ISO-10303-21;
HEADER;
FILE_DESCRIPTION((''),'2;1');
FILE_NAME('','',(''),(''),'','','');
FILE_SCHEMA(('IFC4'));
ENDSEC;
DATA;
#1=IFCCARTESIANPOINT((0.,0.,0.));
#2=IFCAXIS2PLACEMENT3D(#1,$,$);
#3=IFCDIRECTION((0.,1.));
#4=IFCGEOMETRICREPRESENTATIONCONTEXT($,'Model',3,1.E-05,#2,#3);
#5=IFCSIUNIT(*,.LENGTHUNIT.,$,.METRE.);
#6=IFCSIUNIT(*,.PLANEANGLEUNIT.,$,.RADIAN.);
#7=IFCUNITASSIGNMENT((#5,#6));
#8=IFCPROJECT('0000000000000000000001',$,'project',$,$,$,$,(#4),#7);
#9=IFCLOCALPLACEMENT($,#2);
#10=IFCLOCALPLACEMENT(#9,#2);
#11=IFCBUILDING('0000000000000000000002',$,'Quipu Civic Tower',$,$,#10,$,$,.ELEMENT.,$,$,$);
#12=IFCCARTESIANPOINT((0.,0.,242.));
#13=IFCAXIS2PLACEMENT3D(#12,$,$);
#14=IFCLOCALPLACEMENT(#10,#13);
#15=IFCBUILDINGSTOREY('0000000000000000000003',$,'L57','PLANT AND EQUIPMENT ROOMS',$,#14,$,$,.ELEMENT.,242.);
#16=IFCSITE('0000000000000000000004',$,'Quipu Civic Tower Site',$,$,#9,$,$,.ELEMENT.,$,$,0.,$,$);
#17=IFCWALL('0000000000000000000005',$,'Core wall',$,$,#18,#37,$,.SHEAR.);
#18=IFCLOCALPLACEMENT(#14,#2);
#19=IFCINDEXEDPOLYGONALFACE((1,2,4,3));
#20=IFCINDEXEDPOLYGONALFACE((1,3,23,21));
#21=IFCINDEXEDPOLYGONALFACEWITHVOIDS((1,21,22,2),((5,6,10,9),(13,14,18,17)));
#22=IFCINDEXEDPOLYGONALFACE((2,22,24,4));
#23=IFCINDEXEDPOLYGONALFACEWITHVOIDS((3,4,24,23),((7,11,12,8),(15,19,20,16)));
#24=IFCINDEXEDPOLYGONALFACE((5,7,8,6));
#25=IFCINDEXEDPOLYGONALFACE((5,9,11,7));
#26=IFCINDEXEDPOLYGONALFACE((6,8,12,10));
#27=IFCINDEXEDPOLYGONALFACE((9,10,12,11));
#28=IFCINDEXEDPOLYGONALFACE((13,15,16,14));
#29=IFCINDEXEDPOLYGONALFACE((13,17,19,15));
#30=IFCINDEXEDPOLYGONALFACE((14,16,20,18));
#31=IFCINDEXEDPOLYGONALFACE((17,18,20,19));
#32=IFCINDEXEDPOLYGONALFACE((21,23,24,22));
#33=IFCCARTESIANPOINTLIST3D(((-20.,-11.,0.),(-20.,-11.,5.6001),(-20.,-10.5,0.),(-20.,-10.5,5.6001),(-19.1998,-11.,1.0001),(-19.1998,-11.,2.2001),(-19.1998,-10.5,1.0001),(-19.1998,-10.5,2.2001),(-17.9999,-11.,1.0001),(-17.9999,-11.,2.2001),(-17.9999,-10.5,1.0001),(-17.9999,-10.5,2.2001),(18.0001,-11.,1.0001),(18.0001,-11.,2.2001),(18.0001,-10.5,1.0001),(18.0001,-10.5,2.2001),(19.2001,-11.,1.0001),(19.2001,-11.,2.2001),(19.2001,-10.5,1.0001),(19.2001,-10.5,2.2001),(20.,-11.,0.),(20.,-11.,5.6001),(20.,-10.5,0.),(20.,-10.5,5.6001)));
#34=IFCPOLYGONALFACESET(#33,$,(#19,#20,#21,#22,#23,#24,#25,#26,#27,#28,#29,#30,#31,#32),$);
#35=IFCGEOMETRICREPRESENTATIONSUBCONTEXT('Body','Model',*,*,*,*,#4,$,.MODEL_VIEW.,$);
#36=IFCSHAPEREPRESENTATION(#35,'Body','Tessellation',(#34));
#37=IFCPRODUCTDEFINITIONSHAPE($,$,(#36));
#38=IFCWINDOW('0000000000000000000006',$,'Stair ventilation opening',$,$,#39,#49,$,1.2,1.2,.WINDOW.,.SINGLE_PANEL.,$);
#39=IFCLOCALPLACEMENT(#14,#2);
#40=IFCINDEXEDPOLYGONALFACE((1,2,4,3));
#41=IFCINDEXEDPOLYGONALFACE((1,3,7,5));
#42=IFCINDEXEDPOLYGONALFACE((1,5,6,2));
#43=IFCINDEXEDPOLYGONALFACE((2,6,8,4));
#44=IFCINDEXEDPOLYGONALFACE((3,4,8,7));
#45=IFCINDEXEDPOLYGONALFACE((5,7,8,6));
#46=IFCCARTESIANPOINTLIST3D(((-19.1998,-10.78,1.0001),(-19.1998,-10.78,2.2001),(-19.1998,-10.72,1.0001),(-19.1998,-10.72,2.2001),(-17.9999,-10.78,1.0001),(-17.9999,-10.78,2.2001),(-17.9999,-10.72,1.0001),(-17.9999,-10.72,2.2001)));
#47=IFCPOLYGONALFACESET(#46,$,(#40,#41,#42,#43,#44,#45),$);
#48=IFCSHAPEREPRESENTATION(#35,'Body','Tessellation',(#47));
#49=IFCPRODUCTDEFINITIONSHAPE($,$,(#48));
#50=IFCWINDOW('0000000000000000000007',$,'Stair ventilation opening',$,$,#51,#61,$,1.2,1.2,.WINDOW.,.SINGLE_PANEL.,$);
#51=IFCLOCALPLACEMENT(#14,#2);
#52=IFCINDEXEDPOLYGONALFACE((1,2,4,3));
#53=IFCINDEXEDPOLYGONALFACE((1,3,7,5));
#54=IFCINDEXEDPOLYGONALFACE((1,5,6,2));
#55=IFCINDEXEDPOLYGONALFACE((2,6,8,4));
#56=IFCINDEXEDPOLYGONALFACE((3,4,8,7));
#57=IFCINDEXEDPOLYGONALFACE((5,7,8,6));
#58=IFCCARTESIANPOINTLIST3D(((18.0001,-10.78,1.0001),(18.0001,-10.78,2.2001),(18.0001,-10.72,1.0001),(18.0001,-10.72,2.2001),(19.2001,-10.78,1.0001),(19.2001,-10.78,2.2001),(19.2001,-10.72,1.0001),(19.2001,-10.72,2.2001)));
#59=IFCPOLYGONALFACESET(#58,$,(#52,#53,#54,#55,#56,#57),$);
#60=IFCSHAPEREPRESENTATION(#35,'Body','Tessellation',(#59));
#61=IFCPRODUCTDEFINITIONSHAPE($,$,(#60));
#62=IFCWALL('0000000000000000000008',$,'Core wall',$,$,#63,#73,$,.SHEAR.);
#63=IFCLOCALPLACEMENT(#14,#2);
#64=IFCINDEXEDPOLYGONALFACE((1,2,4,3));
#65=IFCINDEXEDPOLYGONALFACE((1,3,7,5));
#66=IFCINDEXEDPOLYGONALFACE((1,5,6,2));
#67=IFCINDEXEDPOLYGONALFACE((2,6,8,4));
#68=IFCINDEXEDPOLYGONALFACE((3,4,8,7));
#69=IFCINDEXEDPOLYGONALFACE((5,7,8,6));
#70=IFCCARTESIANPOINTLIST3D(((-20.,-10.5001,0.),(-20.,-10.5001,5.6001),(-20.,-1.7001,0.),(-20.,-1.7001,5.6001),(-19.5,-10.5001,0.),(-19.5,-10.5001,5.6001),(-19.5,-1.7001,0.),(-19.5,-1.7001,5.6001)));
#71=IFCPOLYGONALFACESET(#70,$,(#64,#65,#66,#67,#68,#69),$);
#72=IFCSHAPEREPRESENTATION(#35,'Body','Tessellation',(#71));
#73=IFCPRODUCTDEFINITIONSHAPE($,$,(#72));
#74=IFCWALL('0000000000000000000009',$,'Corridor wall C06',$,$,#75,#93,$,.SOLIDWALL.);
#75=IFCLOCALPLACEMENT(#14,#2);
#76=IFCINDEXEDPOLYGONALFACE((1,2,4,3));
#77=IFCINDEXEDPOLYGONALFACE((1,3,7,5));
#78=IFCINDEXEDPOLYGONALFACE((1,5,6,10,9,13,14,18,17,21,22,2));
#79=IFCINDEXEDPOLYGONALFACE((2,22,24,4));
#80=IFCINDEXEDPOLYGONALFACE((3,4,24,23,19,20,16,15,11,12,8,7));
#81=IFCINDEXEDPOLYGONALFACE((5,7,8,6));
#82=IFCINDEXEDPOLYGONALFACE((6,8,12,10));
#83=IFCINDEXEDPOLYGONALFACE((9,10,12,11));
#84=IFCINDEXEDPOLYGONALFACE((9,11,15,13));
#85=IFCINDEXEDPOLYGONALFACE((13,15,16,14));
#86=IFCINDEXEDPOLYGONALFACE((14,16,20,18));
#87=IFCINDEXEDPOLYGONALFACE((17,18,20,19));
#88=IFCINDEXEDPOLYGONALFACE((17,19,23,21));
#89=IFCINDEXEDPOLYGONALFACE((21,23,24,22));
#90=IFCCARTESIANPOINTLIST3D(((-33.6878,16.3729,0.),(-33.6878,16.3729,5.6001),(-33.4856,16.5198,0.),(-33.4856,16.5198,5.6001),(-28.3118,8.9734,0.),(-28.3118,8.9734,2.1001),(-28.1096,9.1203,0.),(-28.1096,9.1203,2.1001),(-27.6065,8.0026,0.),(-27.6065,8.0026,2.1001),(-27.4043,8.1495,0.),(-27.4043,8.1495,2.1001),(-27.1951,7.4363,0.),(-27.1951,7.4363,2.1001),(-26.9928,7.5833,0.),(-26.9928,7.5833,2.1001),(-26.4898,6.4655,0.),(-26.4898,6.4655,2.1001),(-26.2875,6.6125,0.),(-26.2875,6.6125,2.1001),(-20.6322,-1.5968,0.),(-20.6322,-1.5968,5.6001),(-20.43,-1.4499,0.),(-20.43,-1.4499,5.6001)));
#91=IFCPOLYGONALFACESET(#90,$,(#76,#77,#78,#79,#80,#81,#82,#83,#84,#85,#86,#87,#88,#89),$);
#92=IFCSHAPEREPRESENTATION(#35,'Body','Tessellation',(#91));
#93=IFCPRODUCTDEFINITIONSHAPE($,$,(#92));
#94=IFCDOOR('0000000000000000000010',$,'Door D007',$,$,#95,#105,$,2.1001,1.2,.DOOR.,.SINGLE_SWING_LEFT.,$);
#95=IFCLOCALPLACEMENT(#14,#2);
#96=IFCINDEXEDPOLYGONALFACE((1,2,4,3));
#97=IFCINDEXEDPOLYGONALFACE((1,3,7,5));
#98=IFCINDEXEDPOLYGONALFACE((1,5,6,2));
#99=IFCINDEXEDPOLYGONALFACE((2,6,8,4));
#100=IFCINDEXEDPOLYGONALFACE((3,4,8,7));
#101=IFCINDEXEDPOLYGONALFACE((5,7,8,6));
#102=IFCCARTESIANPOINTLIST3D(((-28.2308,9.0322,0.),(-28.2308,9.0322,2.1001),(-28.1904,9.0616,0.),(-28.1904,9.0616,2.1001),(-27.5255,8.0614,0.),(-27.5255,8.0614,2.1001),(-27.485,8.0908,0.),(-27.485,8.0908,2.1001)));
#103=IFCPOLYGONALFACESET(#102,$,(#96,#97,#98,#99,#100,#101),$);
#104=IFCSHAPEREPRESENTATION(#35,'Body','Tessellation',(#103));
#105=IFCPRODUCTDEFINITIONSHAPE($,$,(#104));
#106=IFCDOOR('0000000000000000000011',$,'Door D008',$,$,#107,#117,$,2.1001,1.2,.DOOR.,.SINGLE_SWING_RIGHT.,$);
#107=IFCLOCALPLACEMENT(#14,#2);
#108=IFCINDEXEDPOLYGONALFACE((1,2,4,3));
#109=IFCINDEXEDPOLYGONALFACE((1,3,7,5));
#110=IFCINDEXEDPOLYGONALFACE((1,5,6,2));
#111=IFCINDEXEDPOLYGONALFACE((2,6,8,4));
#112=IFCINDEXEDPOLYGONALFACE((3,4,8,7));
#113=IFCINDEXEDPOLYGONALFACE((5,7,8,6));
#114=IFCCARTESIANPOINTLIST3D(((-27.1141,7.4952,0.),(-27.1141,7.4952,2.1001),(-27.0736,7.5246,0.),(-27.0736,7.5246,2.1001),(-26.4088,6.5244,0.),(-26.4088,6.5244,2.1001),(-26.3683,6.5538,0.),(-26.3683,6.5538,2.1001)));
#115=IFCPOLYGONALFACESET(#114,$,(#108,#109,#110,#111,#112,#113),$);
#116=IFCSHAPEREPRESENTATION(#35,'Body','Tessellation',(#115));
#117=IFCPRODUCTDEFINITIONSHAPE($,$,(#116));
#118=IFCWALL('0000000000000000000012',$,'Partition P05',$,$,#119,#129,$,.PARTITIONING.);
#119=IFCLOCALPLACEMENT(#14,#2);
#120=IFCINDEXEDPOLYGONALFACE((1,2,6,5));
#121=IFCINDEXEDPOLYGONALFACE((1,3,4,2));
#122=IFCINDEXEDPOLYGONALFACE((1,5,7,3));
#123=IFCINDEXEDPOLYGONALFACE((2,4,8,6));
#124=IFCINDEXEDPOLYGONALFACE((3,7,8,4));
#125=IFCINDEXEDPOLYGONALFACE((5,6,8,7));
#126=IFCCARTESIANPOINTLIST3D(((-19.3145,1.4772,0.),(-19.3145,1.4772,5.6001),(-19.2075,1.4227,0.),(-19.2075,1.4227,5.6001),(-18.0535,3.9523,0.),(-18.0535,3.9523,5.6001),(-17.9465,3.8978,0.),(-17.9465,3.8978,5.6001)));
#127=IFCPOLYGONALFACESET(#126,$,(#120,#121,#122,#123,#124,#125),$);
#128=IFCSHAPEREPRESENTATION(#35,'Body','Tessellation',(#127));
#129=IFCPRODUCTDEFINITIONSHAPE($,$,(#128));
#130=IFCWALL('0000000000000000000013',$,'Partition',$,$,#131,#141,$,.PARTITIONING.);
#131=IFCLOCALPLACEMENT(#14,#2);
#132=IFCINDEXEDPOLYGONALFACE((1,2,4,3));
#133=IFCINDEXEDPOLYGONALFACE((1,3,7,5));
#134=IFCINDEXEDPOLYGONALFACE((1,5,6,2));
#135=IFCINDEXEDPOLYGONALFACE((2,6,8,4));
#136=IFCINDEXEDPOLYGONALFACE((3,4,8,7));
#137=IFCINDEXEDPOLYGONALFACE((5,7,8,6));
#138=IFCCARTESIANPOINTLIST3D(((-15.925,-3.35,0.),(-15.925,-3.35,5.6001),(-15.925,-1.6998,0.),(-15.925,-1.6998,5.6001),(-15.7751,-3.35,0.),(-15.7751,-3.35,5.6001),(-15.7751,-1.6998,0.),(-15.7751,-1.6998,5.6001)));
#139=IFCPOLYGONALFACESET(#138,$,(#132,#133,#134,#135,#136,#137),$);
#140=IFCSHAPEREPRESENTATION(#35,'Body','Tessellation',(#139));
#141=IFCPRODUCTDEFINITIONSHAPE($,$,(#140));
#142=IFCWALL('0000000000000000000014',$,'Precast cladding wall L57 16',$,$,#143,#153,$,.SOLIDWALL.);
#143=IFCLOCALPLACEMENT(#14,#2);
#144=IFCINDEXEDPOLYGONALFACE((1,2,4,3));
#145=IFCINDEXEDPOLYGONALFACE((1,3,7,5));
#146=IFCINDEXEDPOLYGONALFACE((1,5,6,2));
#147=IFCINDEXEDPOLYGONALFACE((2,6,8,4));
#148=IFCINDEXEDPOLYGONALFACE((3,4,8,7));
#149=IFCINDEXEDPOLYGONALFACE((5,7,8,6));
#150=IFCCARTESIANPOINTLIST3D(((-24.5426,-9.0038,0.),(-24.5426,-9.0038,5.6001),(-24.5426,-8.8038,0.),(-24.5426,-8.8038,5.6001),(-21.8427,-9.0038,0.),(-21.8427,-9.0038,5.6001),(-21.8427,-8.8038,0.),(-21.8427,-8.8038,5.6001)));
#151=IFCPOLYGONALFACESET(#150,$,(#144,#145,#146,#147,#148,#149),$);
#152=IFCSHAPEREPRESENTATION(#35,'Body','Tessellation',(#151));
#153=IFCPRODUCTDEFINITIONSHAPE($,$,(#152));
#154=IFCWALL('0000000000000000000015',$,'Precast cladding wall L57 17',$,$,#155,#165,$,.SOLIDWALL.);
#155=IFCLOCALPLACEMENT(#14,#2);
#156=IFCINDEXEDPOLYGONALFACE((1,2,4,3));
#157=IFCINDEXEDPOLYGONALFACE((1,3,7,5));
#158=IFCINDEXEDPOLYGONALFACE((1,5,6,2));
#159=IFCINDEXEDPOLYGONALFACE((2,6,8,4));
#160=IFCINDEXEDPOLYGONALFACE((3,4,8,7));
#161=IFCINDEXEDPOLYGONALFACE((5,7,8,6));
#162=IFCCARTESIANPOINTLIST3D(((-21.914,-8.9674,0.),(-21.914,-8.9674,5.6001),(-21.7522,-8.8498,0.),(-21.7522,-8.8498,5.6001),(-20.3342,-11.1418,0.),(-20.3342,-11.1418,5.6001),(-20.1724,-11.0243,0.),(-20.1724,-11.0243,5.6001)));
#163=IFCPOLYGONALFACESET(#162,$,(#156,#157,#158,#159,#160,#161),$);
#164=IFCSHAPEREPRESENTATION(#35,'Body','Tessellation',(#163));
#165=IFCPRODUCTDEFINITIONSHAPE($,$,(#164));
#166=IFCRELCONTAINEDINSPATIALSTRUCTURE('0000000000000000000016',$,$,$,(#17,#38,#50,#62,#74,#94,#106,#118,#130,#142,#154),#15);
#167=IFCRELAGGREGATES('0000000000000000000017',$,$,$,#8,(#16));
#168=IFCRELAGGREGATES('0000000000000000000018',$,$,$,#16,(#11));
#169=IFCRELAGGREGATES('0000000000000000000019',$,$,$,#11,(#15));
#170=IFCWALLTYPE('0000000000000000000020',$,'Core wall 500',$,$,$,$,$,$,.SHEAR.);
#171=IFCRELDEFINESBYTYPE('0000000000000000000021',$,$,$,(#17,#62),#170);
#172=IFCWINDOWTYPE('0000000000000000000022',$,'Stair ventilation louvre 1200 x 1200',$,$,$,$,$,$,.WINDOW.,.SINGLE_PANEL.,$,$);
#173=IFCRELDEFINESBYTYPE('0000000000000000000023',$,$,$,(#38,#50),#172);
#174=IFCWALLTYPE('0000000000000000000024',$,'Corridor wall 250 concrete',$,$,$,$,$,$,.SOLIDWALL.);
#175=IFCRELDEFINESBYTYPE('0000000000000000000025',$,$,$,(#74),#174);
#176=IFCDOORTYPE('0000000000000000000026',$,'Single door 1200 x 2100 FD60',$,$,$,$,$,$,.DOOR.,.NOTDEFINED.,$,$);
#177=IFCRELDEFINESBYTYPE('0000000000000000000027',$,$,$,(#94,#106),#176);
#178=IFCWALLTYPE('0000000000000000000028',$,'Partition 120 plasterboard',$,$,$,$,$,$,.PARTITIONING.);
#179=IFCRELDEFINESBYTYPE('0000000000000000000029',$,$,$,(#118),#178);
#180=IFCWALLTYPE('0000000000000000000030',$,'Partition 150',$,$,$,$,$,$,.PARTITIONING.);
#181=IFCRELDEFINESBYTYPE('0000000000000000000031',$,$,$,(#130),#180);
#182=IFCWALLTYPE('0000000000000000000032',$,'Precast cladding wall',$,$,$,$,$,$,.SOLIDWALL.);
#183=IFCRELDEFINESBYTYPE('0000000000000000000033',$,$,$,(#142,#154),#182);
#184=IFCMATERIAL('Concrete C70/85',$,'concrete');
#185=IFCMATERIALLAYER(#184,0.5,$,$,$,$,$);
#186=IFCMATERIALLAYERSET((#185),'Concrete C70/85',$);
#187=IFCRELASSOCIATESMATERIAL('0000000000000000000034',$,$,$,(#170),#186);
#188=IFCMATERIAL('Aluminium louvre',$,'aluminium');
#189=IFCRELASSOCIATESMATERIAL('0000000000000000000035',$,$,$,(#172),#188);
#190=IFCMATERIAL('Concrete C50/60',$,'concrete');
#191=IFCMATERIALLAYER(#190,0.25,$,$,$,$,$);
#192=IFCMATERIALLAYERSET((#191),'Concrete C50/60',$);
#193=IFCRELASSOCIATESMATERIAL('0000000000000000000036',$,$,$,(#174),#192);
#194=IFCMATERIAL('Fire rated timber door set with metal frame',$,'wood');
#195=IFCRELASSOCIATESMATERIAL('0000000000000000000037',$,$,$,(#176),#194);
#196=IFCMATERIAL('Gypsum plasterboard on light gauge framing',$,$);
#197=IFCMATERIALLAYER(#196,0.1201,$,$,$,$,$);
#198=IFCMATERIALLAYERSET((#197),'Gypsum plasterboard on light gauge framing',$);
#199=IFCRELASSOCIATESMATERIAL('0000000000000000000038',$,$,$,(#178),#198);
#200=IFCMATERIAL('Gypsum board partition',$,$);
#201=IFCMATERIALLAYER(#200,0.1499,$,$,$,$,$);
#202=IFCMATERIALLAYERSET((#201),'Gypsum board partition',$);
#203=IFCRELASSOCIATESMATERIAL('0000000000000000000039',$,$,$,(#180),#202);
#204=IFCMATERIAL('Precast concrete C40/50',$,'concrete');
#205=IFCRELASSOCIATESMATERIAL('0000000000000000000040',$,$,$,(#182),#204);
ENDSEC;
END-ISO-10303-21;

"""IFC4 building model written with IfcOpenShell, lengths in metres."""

from ifc_helpers import new_model, si_unit, direction, frame, frame_2d, origin, place, context, subcontext, project, spatial, rectangle, extrude, material, layer, layer_set, type_object, element, fill, save


model = new_model("IFC4")

# Units and contexts
model_context = context("Model", 3, precision=1e-05, world=origin(), true_north=direction((0.0, 1.0)))
body_context = subcontext(model_context, "Body", "Model", "MODEL_VIEW")
ifc_project = project(units=[si_unit("LENGTHUNIT", "METRE"), si_unit("PLANEANGLEUNIT", "RADIAN")], contexts=[model_context])

# Site, building, storey
site_placement = place(None, origin())
site = spatial("IfcSite", under=ifc_project, at=site_placement, Name="Quipu Civic Tower Site", CompositionType="ELEMENT", RefElevation=0.0)
building_placement = place(site_placement, origin())
building = spatial("IfcBuilding", under=site, at=building_placement, Name="Quipu Civic Tower", CompositionType="ELEMENT")
storey_placement = place(building_placement, frame((0.0, 0.0, 242.0)))
storey = spatial("IfcBuildingStorey", under=building, at=storey_placement, Name="L57", Description="PLANT AND EQUIPMENT ROOMS", CompositionType="ELEMENT", Elevation=242.0)

# Wall, openings, windows
ifc_material_1 = material(Name="Concrete C70/85", Category="concrete")
ifc_layer_1 = layer(ifc_material_1, 0.5)
ifc_layer_set_1 = layer_set([ifc_layer_1], Name="Concrete C70/85")
wall_type_1 = type_object("IfcWallType", Name="Core wall 500", PredefinedType="SHEAR", material=ifc_layer_set_1)
wall_1_placement = place(storey_placement, frame((-20.0, -10.75, 0.0), z_axis=(0.0, 0.0, 1.0), x_axis=(1.0, 0.0, 0.0)))
wall_1 = element("IfcWall", 1, at=wall_1_placement, inside=storey, type_object=wall_type_1, Name="Core wall", PredefinedType="SHEAR", context=body_context, shape_type="SweptSolid", body=[
    extrude(rectangle(XDim=40.0, YDim=0.5, at=frame_2d((20.0, 0.0))), origin(), (0.0, 0.0, 1.0), 5.6001),
])
opening_1_placement = place(wall_1_placement, frame((0.8, 0.0, 1.0)))
opening_1 = element("IfcOpeningElement", 2, at=opening_1_placement, cuts=wall_1, PredefinedType="OPENING", context=body_context, shape_type="SweptSolid", body=[
    extrude(rectangle(XDim=1.2, YDim=1.2, at=frame_2d((0.6001, 0.6001))), frame((0.0, 0.26, 0.0), z_axis=(0.0, -1.0, 0.0), x_axis=(1.0, 0.0, 0.0)), (0.0, 0.0, 1.0), 0.52),
])
opening_2_placement = place(wall_1_placement, frame((38.0, 0.0, 1.0)))
opening_2 = element("IfcOpeningElement", 3, at=opening_2_placement, cuts=wall_1, PredefinedType="OPENING", context=body_context, shape_type="SweptSolid", body=[
    extrude(rectangle(XDim=1.2, YDim=1.2, at=frame_2d((0.6001, 0.6001))), frame((0.0, 0.26, 0.0), z_axis=(0.0, -1.0, 0.0), x_axis=(1.0, 0.0, 0.0)), (0.0, 0.0, 1.0), 0.52),
])
ifc_material_2 = material(Name="Aluminium louvre", Category="aluminium")
window_type = type_object("IfcWindowType", Name="Stair ventilation louvre 1200 x 1200", PartitioningType="SINGLE_PANEL", PredefinedType="WINDOW", material=ifc_material_2)
window_1_placement = place(opening_1_placement, origin())
window_1 = element("IfcWindow", 4, at=window_1_placement, inside=storey, type_object=window_type, Name="Stair ventilation opening", OverallHeight=1.2, OverallWidth=1.2, PartitioningType="SINGLE_PANEL", PredefinedType="WINDOW", context=body_context, shape_type="SweptSolid", body=[
    extrude(rectangle(XDim=1.2, YDim=1.2, at=frame_2d((0.6001, 0.6001))), frame((0.0, 0.03, 0.0), z_axis=(0.0, -1.0, 0.0), x_axis=(1.0, 0.0, 0.0)), (0.0, 0.0, 1.0), 0.0601),
])
fill(opening_1, window_1)
window_2_placement = place(opening_2_placement, origin())
window_2 = element("IfcWindow", 5, at=window_2_placement, inside=storey, type_object=window_type, Name="Stair ventilation opening", OverallHeight=1.2, OverallWidth=1.2, PartitioningType="SINGLE_PANEL", PredefinedType="WINDOW", context=body_context, shape_type="SweptSolid", body=[
    extrude(rectangle(XDim=1.2, YDim=1.2, at=frame_2d((0.6001, 0.6001))), frame((0.0, 0.03, 0.0), z_axis=(0.0, -1.0, 0.0), x_axis=(1.0, 0.0, 0.0)), (0.0, 0.0, 1.0), 0.0601),
])
fill(opening_2, window_2)

# Wall
wall_2_placement = place(storey_placement, frame((-19.75, -10.5, 0.0), z_axis=(0.0, 0.0, 1.0), x_axis=(0.0, 1.0, 0.0)))
element("IfcWall", 6, at=wall_2_placement, inside=storey, type_object=wall_type_1, Name="Core wall", PredefinedType="SHEAR", context=body_context, shape_type="SweptSolid", body=[
    extrude(rectangle(XDim=8.8, YDim=0.5, at=frame_2d((4.3999, 0.0))), origin(), (0.0, 0.0, 1.0), 5.6001),
])

# Wall, openings, doors
ifc_material_3 = material(Name="Concrete C50/60", Category="concrete")
ifc_layer_2 = layer(ifc_material_3, 0.25)
ifc_layer_set_2 = layer_set([ifc_layer_2], Name="Concrete C50/60")
wall_type_2 = type_object("IfcWallType", Name="Corridor wall 250 concrete", PredefinedType="SOLIDWALL", material=ifc_layer_set_2)
wall_3_placement = place(storey_placement, frame((-20.531, -1.5234, 0.0), z_axis=(0.0, 0.0, 1.0), x_axis=(-0.587782, 0.809019, 0.0)))
wall_3 = element("IfcWall", 7, at=wall_3_placement, inside=storey, type_object=wall_type_2, Name="Corridor wall C06", PredefinedType="SOLIDWALL", context=body_context, shape_type="SweptSolid", body=[
    extrude(rectangle(XDim=22.2117, YDim=0.25, at=frame_2d((11.106, 0.0))), origin(), (0.0, 0.0, 1.0), 5.6001),
])
opening_3_placement = place(wall_3_placement, frame((11.8655, 0.0, 0.0)))
opening_3 = element("IfcOpeningElement", 8, at=opening_3_placement, cuts=wall_3, PredefinedType="OPENING", context=body_context, shape_type="SweptSolid", body=[
    extrude(rectangle(XDim=1.2, YDim=2.1001, at=frame_2d((0.6001, 1.05))), frame((0.0, 0.135, 0.0), z_axis=(0.0, -1.0, 0.0), x_axis=(1.0, 0.0, 0.0)), (0.0, 0.0, 1.0), 0.27),
])
opening_4_placement = place(wall_3_placement, frame((9.9656, 0.0, 0.0)))
opening_4 = element("IfcOpeningElement", 9, at=opening_4_placement, cuts=wall_3, PredefinedType="OPENING", context=body_context, shape_type="SweptSolid", body=[
    extrude(rectangle(XDim=1.2, YDim=2.1001, at=frame_2d((0.6001, 1.05))), frame((0.0, 0.135, 0.0), z_axis=(0.0, -1.0, 0.0), x_axis=(1.0, 0.0, 0.0)), (0.0, 0.0, 1.0), 0.27),
])
ifc_material_4 = material(Name="Fire rated timber door set with metal frame", Category="wood")
door_type_1 = type_object("IfcDoorType", Name="Single door 1200 x 2100 FD60", OperationType="NOTDEFINED", PredefinedType="DOOR", material=ifc_material_4)
door_1_placement = place(opening_3_placement, origin())
door_1 = element("IfcDoor", 10, at=door_1_placement, inside=storey, type_object=door_type_1, Name="Door D007", OperationType="SINGLE_SWING_LEFT", OverallHeight=2.1001, OverallWidth=1.2, PredefinedType="DOOR", context=body_context, shape_type="SweptSolid", body=[
    extrude(rectangle(XDim=1.2, YDim=2.1001, at=frame_2d((0.6001, 1.05))), frame((0.0, 0.0249, 0.0), z_axis=(0.0, -1.0, 0.0), x_axis=(1.0, 0.0, 0.0)), (0.0, 0.0, 1.0), 0.05),
])
fill(opening_3, door_1)
door_2_placement = place(opening_4_placement, origin())
door_2 = element("IfcDoor", 11, at=door_2_placement, inside=storey, type_object=door_type_1, Name="Door D008", OperationType="SINGLE_SWING_RIGHT", OverallHeight=2.1001, OverallWidth=1.2, PredefinedType="DOOR", context=body_context, shape_type="SweptSolid", body=[
    extrude(rectangle(XDim=1.2, YDim=2.1001, at=frame_2d((0.6001, 1.05))), frame((0.0, 0.0249, 0.0), z_axis=(0.0, -1.0, 0.0), x_axis=(1.0, 0.0, 0.0)), (0.0, 0.0, 1.0), 0.05),
])
fill(opening_4, door_2)

# Walls
ifc_material_5 = material(Name="Gypsum plasterboard on light gauge framing")
ifc_layer_3 = layer(ifc_material_5, 0.1201)
ifc_layer_set_3 = layer_set([ifc_layer_3], Name="Gypsum plasterboard on light gauge framing")
wall_type_3 = type_object("IfcWallType", Name="Partition 120 plasterboard", PredefinedType="PARTITIONING", material=ifc_layer_set_3)
wall_4_placement = place(storey_placement, frame((-19.261, 1.45, 0.0), z_axis=(0.0, 0.0, 1.0), x_axis=(0.453951, 0.891027, 0.0)))
element("IfcWall", 12, at=wall_4_placement, inside=storey, type_object=wall_type_3, Name="Partition P05", PredefinedType="PARTITIONING", context=body_context, shape_type="SweptSolid", body=[
    extrude(rectangle(XDim=2.7778, YDim=0.1201, at=frame_2d((1.3889, 0.0))), origin(), (0.0, 0.0, 1.0), 5.6001),
])
ifc_material_6 = material(Name="Gypsum board partition")
ifc_layer_4 = layer(ifc_material_6, 0.1499)
ifc_layer_set_4 = layer_set([ifc_layer_4], Name="Gypsum board partition")
wall_type_4 = type_object("IfcWallType", Name="Partition 150", PredefinedType="PARTITIONING", material=ifc_layer_set_4)
wall_5_placement = place(storey_placement, frame((-15.8501, -3.3501, 0.0), z_axis=(0.0, 0.0, 1.0), x_axis=(0.0, 1.0, 0.0)))
element("IfcWall", 13, at=wall_5_placement, inside=storey, type_object=wall_type_4, Name="Partition", PredefinedType="PARTITIONING", context=body_context, shape_type="SweptSolid", body=[
    extrude(rectangle(XDim=1.6501, YDim=0.1499, at=frame_2d((0.8252, 0.0))), origin(), (0.0, 0.0, 1.0), 5.6001),
])
ifc_material_7 = material(Name="Precast concrete C40/50", Category="concrete")
wall_type_5 = type_object("IfcWallType", Name="Precast cladding wall", PredefinedType="SOLIDWALL", material=ifc_material_7)
wall_6_placement = place(storey_placement, frame((-24.5427, -8.9038, 0.0), z_axis=(0.0, 0.0, 1.0), x_axis=(1.0, 0.0, 0.0)))
element("IfcWall", 14, at=wall_6_placement, inside=storey, type_object=wall_type_5, Name="Precast cladding wall L57 16", PredefinedType="SOLIDWALL", context=body_context, shape_type="SweptSolid", body=[
    extrude(rectangle(XDim=2.7, YDim=0.2, at=frame_2d((1.3501, 0.0))), origin(), (0.0, 0.0, 1.0), 5.6001),
])
wall_7_placement = place(storey_placement, frame((-21.833, -8.9087, 0.0), z_axis=(0.0, 0.0, 1.0), x_axis=(0.587767, -0.809031, 0.0)))
element("IfcWall", 15, at=wall_7_placement, inside=storey, type_object=wall_type_5, Name="Precast cladding wall L57 17", PredefinedType="SOLIDWALL", context=body_context, shape_type="SweptSolid", body=[
    extrude(rectangle(XDim=2.6877, YDim=0.2, at=frame_2d((1.3438, 0.0))), origin(), (0.0, 0.0, 1.0), 5.6001),
])

save(model, "model.ifc")
